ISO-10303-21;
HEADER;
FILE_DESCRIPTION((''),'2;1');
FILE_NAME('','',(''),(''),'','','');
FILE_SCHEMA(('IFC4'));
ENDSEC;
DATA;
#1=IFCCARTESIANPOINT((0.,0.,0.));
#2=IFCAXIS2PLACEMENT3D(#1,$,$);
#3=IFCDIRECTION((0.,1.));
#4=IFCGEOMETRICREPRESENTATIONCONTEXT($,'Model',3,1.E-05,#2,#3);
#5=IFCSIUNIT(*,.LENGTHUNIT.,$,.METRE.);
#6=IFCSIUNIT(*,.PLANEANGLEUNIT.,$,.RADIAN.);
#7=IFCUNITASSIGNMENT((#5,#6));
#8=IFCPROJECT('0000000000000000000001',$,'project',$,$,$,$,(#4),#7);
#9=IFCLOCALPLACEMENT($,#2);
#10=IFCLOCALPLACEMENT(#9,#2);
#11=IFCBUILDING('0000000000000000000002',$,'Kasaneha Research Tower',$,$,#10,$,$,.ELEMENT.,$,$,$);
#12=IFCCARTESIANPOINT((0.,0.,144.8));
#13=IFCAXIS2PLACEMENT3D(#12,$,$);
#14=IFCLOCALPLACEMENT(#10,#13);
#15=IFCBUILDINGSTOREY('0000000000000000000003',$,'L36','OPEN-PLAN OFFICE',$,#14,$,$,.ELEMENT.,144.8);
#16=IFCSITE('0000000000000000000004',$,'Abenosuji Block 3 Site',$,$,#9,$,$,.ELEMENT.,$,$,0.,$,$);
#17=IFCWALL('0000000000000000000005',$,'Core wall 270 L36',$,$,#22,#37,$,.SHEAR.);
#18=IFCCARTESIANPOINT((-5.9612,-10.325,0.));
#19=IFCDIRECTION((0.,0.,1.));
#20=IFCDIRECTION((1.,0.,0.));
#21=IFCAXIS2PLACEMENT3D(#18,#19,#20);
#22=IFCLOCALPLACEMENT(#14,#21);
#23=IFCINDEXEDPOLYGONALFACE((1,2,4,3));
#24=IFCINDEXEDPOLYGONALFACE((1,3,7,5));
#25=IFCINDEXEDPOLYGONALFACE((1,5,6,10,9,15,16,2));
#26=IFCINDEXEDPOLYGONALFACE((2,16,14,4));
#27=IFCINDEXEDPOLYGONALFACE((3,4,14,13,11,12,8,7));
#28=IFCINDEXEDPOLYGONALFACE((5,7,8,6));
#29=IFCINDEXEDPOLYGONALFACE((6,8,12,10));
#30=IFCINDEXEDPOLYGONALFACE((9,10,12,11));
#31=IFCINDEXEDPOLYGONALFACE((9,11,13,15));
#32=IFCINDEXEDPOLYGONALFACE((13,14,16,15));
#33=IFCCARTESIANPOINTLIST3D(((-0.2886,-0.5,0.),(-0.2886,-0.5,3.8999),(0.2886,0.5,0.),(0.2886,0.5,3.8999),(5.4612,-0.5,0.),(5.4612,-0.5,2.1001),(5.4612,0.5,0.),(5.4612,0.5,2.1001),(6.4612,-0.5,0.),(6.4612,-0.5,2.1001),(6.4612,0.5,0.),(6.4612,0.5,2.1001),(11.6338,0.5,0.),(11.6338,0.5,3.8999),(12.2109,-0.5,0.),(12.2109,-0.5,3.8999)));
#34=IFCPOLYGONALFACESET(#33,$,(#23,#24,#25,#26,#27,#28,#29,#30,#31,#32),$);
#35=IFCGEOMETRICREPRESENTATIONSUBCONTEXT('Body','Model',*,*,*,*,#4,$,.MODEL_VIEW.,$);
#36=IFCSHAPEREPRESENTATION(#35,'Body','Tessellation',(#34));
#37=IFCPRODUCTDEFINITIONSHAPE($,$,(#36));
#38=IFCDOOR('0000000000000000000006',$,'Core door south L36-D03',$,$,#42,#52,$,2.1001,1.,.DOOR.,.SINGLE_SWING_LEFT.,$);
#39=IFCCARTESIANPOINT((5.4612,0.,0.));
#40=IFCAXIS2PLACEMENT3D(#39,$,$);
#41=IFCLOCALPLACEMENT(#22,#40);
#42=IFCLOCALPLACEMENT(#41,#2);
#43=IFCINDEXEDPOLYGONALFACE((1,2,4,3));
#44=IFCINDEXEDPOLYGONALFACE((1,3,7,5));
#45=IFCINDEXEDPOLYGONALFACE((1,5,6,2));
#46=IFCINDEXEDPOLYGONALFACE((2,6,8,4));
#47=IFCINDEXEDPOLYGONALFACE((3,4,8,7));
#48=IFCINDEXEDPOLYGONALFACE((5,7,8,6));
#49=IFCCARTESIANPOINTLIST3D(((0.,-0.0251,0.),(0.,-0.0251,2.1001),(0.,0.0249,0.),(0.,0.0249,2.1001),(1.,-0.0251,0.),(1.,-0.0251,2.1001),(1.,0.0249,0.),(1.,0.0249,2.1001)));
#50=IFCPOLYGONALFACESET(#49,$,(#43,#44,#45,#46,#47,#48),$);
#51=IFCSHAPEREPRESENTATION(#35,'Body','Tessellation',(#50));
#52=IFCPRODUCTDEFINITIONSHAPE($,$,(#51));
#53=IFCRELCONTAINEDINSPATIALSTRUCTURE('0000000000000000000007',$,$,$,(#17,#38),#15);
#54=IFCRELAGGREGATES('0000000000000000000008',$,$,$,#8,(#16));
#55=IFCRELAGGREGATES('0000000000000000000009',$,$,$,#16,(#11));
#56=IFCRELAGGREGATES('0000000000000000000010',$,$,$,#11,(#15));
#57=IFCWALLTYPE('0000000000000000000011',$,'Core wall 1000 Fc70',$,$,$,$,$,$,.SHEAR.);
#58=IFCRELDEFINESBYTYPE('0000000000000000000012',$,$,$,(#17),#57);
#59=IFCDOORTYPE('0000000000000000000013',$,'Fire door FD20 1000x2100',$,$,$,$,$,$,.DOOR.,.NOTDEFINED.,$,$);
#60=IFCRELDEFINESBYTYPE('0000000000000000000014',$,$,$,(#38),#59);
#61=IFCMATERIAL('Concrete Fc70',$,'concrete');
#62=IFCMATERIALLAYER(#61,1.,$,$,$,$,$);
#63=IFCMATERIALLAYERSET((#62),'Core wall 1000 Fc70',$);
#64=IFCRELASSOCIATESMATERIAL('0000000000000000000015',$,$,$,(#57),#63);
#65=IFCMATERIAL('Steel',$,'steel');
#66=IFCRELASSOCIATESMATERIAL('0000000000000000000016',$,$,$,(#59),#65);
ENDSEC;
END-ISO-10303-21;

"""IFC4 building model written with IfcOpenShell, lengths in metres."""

from ifc_helpers import new_model, si_unit, direction, frame, frame_2d, origin, place, context, subcontext, project, spatial, polyline, rectangle, outline, extrude, material, layer, layer_set, type_object, element, fill, save


model = new_model("IFC4")

# Units and contexts
model_context = context("Model", 3, precision=1e-05, world=origin(), true_north=direction((0.0, 1.0)))
body_context = subcontext(model_context, "Body", "Model", "MODEL_VIEW")
ifc_project = project(units=[si_unit("LENGTHUNIT", "METRE"), si_unit("PLANEANGLEUNIT", "RADIAN")], contexts=[model_context])

# Site, building, storey
site_placement = place(None, origin())
site = spatial("IfcSite", under=ifc_project, at=site_placement, Name="Abenosuji Block 3 Site", CompositionType="ELEMENT", RefElevation=0.0)
building_placement = place(site_placement, origin())
building = spatial("IfcBuilding", under=site, at=building_placement, Name="Kasaneha Research Tower", CompositionType="ELEMENT")
storey_placement = place(building_placement, frame((0.0, 0.0, 144.8)))
storey = spatial("IfcBuildingStorey", under=building, at=storey_placement, Name="L36", Description="OPEN-PLAN OFFICE", CompositionType="ELEMENT", Elevation=144.8)

# Wall, opening, door
ifc_material_1 = material(Name="Concrete Fc70", Category="concrete")
ifc_layer_1 = layer(ifc_material_1, 1.0)
ifc_layer_set_1 = layer_set([ifc_layer_1], Name="Core wall 1000 Fc70")
wall_type_1 = type_object("IfcWallType", Name="Core wall 1000 Fc70", PredefinedType="SHEAR", material=ifc_layer_set_1)
wall_1_placement = place(storey_placement, frame((-5.9612, -10.325, 0.0), z_axis=(0.0, 0.0, 1.0), x_axis=(1.0, 0.0, 0.0)))
wall_1 = element("IfcWall", 1, at=wall_1_placement, inside=storey, type_object=wall_type_1, Name="Core wall 270 L36", PredefinedType="SHEAR", context=body_context, shape_type="SweptSolid", body=[
    extrude(outline(polyline([(-0.2886, -0.5), (5.4612, -0.5), (6.4612, -0.5), (12.2109, -0.5), (11.6338, 0.5), (6.4612, 0.5), (5.4612, 0.5), (0.2886, 0.5), (-0.2886, -0.5)])), origin(), (0.0, 0.0, 1.0), 3.8999),
])
opening_1_placement = place(wall_1_placement, frame((5.4612, 0.0, 0.0)))
opening_1 = element("IfcOpeningElement", 2, at=opening_1_placement, cuts=wall_1, PredefinedType="OPENING", context=body_context, shape_type="SweptSolid", body=[
    extrude(rectangle(XDim=1.0, YDim=2.1001, at=frame_2d((0.5, 1.05))), frame((0.0, 0.51, 0.0), z_axis=(0.0, -1.0, 0.0), x_axis=(1.0, 0.0, 0.0)), (0.0, 0.0, 1.0), 1.02),
])
ifc_material_2 = material(Name="Steel", Category="steel")
door_type_1 = type_object("IfcDoorType", Name="Fire door FD20 1000x2100", OperationType="NOTDEFINED", PredefinedType="DOOR", material=ifc_material_2)
door_1_placement = place(opening_1_placement, origin())
door_1 = element("IfcDoor", 3, at=door_1_placement, inside=storey, type_object=door_type_1, Name="Core door south L36-D03", OperationType="SINGLE_SWING_LEFT", OverallHeight=2.1001, OverallWidth=1.0, PredefinedType="DOOR", context=body_context, shape_type="SweptSolid", body=[
    extrude(rectangle(XDim=1.0, YDim=2.1001, at=frame_2d((0.5, 1.05))), frame((0.0, 0.0249, 0.0), z_axis=(0.0, -1.0, 0.0), x_axis=(1.0, 0.0, 0.0)), (0.0, 0.0, 1.0), 0.05),
])
fill(opening_1, door_1)

save(model, "model.ifc")
